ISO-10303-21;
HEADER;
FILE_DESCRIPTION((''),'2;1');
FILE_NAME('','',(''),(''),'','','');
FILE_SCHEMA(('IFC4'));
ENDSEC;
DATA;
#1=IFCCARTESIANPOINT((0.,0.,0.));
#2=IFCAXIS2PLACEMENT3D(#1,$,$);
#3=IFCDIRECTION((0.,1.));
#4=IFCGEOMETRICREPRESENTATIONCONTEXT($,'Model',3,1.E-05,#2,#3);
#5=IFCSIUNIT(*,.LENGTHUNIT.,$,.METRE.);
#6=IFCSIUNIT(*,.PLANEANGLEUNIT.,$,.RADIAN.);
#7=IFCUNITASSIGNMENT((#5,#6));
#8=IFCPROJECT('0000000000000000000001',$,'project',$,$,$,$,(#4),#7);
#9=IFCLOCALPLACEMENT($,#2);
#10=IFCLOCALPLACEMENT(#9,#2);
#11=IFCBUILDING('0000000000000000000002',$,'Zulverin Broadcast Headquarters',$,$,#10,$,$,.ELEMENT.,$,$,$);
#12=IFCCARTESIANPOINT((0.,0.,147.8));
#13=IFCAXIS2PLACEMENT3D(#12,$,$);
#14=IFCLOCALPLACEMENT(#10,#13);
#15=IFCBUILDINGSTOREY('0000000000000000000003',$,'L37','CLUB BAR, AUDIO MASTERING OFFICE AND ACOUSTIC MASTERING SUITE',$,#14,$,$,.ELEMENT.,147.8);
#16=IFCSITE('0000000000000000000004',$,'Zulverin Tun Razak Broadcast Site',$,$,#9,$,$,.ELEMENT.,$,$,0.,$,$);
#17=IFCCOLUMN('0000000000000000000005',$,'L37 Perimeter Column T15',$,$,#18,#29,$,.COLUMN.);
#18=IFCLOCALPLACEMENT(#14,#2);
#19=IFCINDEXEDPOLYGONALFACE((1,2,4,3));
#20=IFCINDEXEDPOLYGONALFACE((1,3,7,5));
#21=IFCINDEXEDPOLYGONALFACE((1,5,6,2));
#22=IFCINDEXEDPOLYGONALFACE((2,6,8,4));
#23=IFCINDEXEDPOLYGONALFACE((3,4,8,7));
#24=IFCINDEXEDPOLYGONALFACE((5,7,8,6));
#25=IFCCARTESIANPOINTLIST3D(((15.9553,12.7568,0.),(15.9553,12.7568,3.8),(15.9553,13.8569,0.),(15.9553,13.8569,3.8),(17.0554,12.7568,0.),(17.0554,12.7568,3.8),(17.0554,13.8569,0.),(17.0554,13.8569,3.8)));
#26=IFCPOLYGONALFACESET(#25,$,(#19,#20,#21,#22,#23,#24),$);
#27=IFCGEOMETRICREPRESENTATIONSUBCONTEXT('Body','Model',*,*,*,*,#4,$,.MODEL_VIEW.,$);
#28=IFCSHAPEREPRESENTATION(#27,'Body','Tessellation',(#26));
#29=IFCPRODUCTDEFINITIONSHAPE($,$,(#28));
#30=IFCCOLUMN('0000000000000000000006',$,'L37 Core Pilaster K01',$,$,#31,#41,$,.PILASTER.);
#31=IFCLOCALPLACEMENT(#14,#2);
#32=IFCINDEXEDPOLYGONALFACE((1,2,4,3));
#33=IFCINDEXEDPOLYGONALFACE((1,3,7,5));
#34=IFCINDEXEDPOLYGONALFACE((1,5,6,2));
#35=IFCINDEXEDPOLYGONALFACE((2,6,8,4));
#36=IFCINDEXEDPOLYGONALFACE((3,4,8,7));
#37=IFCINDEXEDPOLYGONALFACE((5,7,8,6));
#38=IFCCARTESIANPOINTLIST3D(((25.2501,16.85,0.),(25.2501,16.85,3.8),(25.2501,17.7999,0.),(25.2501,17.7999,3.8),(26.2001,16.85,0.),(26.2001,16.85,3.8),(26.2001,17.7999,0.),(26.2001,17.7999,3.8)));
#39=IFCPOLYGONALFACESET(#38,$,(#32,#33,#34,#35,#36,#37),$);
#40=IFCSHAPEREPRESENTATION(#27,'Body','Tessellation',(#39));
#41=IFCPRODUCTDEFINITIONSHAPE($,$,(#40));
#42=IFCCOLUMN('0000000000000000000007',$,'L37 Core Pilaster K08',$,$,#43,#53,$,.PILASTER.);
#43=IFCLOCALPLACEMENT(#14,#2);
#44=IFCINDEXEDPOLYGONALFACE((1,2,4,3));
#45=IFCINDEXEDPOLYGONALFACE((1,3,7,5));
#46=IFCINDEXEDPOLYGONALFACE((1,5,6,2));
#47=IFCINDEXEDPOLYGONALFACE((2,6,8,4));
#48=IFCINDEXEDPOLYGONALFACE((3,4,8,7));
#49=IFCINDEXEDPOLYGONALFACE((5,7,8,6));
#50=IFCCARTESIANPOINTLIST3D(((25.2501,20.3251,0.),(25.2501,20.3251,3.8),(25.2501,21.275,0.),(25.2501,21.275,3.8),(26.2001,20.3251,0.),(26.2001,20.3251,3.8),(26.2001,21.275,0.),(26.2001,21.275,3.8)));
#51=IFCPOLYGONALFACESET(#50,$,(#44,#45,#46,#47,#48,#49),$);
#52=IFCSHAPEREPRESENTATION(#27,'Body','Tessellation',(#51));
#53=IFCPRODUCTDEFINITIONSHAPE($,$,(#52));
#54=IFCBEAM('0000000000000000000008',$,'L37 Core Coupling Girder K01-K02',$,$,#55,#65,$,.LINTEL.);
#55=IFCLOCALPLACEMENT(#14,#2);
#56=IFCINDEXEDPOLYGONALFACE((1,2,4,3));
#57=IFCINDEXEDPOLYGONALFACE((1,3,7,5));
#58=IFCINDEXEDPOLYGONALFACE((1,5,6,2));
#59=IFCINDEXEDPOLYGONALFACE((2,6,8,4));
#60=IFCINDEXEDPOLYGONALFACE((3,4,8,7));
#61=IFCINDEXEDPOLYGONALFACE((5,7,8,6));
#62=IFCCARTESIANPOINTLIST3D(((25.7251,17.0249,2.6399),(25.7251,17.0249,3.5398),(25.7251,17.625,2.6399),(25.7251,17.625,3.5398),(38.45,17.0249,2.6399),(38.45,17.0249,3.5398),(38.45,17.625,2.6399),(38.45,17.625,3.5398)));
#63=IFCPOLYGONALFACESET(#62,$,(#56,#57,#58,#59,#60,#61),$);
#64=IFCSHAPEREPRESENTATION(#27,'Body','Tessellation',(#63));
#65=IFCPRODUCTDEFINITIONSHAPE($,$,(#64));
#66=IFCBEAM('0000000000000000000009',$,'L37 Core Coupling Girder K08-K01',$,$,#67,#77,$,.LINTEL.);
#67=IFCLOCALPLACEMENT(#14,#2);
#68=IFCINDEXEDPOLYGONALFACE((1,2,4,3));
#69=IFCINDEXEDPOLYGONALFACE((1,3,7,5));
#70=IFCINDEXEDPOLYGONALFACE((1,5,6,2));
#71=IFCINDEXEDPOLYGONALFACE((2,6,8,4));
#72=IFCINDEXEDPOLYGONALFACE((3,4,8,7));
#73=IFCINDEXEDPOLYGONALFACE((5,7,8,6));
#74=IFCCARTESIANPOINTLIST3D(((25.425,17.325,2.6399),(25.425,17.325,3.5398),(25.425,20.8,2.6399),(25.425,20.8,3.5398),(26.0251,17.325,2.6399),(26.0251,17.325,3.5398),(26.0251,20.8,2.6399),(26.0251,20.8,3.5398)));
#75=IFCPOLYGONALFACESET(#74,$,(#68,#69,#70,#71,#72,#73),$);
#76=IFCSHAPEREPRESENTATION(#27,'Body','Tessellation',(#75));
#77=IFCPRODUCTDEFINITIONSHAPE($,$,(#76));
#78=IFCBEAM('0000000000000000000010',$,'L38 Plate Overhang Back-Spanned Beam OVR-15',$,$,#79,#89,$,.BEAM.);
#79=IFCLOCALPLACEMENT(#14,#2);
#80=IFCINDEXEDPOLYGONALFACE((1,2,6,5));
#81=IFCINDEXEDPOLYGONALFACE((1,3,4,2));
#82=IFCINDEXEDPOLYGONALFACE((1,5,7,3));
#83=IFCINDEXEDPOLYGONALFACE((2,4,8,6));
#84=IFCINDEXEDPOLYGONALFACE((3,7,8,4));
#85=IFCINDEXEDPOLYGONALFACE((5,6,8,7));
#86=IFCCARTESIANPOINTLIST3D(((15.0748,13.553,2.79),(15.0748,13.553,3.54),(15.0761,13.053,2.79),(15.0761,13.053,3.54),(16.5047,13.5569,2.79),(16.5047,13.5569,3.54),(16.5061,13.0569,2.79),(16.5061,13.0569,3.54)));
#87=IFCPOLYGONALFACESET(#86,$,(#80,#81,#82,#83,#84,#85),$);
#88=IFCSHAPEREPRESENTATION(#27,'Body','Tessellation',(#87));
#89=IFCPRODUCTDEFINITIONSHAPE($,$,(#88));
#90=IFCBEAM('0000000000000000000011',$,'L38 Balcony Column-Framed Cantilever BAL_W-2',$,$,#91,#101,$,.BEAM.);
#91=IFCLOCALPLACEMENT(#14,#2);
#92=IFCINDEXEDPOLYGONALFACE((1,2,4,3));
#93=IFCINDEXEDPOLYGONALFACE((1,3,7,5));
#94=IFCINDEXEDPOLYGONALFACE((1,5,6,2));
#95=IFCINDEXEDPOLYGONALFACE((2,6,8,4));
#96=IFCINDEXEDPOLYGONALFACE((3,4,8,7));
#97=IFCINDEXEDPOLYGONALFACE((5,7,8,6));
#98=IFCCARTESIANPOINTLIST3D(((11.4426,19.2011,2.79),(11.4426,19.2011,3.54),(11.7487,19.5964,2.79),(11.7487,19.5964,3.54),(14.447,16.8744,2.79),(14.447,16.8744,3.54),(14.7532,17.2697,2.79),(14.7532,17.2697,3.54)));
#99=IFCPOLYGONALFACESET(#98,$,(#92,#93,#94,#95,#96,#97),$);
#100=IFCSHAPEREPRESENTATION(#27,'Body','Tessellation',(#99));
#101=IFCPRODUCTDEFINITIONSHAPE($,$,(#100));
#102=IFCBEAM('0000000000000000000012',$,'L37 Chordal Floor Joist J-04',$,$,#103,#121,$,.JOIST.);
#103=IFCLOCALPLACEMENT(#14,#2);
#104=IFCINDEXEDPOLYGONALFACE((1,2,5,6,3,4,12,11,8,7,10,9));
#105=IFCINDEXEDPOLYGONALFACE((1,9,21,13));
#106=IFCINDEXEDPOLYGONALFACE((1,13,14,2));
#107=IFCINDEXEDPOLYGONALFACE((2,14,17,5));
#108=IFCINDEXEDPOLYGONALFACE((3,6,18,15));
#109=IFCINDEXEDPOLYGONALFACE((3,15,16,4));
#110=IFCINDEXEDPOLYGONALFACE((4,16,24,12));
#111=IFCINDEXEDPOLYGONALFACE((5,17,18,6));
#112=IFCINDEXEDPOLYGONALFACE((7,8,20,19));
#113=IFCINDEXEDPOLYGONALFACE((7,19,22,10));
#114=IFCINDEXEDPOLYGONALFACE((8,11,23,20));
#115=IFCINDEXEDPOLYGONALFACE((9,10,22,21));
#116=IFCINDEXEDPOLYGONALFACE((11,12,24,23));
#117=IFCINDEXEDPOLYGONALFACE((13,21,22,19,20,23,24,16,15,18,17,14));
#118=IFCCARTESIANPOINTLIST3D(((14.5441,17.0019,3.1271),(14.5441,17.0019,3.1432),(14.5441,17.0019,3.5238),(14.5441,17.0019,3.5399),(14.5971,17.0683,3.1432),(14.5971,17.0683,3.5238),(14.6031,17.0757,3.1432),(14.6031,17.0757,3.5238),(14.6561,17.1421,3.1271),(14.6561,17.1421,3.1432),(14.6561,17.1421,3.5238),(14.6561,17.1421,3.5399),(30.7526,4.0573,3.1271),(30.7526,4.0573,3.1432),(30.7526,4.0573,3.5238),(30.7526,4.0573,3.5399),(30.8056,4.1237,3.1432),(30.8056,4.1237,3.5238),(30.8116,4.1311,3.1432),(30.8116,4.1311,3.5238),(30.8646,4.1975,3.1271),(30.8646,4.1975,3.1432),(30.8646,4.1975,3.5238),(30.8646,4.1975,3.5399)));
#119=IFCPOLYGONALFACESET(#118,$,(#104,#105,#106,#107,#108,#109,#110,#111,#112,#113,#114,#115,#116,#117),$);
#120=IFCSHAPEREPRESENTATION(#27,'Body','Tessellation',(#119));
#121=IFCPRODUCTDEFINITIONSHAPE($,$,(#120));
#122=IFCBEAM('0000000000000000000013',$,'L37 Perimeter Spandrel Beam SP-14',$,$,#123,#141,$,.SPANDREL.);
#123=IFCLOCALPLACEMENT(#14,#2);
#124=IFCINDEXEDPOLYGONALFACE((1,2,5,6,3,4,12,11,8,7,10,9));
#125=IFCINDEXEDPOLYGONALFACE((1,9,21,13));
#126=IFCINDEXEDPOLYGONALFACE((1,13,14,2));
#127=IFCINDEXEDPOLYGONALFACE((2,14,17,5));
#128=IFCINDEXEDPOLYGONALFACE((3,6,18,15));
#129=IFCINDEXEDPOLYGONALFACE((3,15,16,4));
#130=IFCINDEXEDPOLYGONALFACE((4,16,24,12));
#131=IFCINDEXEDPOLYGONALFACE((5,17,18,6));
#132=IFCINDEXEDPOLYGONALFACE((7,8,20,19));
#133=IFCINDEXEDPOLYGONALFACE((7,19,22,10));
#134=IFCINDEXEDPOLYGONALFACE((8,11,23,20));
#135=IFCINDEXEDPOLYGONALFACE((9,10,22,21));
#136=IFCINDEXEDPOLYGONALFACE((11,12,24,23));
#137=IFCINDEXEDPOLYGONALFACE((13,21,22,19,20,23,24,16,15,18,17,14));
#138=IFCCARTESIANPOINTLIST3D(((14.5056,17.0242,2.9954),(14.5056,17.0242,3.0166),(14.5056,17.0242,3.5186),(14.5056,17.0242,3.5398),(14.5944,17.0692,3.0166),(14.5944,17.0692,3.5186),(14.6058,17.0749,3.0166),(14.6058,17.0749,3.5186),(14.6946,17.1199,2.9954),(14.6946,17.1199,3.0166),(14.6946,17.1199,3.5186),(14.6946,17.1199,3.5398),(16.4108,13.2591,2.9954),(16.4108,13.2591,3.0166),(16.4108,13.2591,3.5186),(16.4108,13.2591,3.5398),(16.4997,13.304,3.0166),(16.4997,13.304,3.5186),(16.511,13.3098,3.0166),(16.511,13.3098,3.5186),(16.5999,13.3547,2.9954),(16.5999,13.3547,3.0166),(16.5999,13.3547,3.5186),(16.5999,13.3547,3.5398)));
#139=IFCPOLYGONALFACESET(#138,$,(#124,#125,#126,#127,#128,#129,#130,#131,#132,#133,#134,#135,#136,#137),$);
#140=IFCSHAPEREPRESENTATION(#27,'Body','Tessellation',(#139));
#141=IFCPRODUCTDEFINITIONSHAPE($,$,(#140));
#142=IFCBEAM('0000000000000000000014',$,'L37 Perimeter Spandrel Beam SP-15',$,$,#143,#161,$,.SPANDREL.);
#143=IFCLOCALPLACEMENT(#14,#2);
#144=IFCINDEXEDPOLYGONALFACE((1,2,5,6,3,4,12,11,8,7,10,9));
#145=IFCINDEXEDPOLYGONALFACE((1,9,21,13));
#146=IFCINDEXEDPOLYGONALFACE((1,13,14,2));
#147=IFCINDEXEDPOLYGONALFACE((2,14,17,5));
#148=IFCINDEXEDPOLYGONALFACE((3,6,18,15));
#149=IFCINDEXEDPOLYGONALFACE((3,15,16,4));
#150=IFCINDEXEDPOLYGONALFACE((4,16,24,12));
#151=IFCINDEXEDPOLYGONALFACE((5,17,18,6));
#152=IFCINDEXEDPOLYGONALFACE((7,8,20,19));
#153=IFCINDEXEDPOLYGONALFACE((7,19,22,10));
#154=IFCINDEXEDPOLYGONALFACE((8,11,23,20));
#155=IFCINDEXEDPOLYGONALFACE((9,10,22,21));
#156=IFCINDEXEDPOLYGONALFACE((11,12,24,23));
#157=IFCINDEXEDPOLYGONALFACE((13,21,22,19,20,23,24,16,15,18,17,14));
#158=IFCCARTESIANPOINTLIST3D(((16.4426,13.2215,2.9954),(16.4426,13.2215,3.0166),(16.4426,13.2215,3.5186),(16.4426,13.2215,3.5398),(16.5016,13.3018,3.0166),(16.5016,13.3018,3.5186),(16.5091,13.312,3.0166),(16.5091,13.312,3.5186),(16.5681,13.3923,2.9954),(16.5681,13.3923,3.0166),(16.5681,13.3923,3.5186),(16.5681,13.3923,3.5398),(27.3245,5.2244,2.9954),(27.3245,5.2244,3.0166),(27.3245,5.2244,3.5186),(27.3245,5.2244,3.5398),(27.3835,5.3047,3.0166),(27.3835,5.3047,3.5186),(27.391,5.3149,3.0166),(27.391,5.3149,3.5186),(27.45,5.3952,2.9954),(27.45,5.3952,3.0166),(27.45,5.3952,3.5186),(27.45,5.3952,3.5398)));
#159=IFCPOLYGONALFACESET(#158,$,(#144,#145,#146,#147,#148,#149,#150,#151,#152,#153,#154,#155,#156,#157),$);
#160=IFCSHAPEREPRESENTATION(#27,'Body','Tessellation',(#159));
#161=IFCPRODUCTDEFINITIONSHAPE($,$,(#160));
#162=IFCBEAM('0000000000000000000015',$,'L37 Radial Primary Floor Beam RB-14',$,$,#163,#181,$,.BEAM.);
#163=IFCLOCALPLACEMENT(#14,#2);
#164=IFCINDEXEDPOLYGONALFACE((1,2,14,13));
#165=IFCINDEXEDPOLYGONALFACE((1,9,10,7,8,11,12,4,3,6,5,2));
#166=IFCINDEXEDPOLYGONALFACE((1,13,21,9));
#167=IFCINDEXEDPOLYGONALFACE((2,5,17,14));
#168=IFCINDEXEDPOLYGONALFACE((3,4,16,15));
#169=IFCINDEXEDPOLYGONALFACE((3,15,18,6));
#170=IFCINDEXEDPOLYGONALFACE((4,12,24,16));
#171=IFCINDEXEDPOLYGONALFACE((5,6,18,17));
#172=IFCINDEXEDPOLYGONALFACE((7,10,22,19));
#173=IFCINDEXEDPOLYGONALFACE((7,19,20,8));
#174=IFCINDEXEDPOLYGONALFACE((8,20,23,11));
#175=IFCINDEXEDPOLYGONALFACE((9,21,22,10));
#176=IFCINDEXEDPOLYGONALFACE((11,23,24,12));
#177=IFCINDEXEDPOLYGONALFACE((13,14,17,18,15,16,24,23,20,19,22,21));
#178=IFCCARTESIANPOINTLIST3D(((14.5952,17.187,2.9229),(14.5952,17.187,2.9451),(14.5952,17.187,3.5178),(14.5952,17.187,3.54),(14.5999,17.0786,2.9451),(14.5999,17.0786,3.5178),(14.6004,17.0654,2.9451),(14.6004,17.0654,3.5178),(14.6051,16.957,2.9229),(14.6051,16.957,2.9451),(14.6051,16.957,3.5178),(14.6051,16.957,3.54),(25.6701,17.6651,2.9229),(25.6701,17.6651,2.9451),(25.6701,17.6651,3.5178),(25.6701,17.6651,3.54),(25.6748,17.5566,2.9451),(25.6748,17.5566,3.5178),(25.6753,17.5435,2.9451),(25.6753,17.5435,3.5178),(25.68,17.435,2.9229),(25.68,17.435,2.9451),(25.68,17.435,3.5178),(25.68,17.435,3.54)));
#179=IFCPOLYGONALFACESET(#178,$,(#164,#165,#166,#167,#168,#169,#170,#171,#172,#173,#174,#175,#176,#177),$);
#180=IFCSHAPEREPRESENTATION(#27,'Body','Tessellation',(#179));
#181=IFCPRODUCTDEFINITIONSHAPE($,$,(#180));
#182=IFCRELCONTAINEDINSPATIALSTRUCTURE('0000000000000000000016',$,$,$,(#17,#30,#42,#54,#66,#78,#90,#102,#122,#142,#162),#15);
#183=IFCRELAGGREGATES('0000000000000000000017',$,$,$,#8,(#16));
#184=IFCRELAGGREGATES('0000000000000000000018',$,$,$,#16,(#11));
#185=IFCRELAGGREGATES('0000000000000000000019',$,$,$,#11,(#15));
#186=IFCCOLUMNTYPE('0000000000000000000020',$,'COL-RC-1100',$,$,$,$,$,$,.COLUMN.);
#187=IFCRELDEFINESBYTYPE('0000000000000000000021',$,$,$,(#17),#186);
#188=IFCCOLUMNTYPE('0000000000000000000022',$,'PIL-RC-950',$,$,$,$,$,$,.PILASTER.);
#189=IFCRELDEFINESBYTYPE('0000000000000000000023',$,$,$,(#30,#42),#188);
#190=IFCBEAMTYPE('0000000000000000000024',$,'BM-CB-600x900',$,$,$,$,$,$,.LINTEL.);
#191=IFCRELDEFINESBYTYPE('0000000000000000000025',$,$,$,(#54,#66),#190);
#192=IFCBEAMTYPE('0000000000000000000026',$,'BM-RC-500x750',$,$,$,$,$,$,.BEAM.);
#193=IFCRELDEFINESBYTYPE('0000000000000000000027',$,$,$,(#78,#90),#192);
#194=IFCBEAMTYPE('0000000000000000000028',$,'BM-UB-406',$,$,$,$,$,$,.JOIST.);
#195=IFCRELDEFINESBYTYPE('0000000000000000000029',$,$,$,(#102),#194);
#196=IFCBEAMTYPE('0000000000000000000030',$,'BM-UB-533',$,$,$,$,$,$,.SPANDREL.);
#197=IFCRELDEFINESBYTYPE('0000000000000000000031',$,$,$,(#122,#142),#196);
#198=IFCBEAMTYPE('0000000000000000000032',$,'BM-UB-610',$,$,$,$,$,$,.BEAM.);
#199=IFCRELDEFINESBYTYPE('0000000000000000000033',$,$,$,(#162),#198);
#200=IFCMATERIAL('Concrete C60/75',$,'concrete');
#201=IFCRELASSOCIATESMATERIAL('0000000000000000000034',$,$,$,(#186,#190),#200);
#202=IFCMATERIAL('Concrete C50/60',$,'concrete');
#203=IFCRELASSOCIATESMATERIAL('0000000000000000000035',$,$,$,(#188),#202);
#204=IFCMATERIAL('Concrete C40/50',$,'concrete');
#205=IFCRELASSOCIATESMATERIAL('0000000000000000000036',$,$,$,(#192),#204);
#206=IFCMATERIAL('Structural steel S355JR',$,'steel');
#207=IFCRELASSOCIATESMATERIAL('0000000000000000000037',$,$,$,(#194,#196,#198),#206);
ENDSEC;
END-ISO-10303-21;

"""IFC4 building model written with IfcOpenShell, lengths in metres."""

from ifc_helpers import new_model, si_unit, direction, frame, origin, origin_2d, place, context, subcontext, project, spatial, rectangle, i_section, extrude, material, material_profile, profile_set, type_object, element, save


model = new_model("IFC4")

# Units and contexts
model_context = context("Model", 3, precision=1e-05, world=origin(), true_north=direction((0.0, 1.0)))
body_context = subcontext(model_context, "Body", "Model", "MODEL_VIEW")
ifc_project = project(units=[si_unit("LENGTHUNIT", "METRE"), si_unit("PLANEANGLEUNIT", "RADIAN")], contexts=[model_context])

# Site, building, storey
site_placement = place(None, origin())
site = spatial("IfcSite", under=ifc_project, at=site_placement, Name="Zulverin Tun Razak Broadcast Site", CompositionType="ELEMENT", RefElevation=0.0)
building_placement = place(site_placement, origin())
building = spatial("IfcBuilding", under=site, at=building_placement, Name="Zulverin Broadcast Headquarters", CompositionType="ELEMENT")
storey_placement = place(building_placement, frame((0.0, 0.0, 147.8)))
storey = spatial("IfcBuildingStorey", under=building, at=storey_placement, Name="L37", Description="CLUB BAR, AUDIO MASTERING OFFICE AND ACOUSTIC MASTERING SUITE", CompositionType="ELEMENT", Elevation=147.8)

# Columns
ifc_material_1 = material(Name="Concrete C60/75", Category="concrete")
ifc_material_profile_1 = material_profile(ifc_material_1, rectangle(XDim=1.1001, YDim=1.1001, at=origin_2d()), Name="Concrete C60/75", Category="concrete")
ifc_profile_set_1 = profile_set([ifc_material_profile_1], Name="Concrete C60/75")
column_type_1 = type_object("IfcColumnType", Name="COL-RC-1100", PredefinedType="COLUMN", material=ifc_profile_set_1)
column_placement = place(storey_placement, frame((16.5054, 13.3069, 0.0), z_axis=(0.0, 0.0, 1.0), x_axis=(1.0, 0.0, 0.0)))
element("IfcColumn", 1, at=column_placement, inside=storey, type_object=column_type_1, Name="L37 Perimeter Column T15", PredefinedType="COLUMN", context=body_context, shape_type="SweptSolid", body=[
    extrude(rectangle(XDim=1.1001, YDim=1.1001, at=origin_2d()), origin(), (0.0, 0.0, 1.0), 3.8),
])
ifc_material_2 = material(Name="Concrete C50/60", Category="concrete")
ifc_material_profile_2 = material_profile(ifc_material_2, rectangle(XDim=0.95, YDim=0.95, at=origin_2d()), Name="Concrete C50/60", Category="concrete")
ifc_profile_set_2 = profile_set([ifc_material_profile_2], Name="Concrete C50/60")
column_type_2 = type_object("IfcColumnType", Name="PIL-RC-950", PredefinedType="PILASTER", material=ifc_profile_set_2)
for number, where, z_axis, x_axis, name in (
    (2, (25.7251, 17.325, 0.0), (0.0, 0.0, 1.0), (1.0, 0.0, 0.0), "L37 Core Pilaster K01"),
    (3, (25.7251, 20.8, 0.0), (0.0, 0.0, 1.0), (1.0, 0.0, 0.0), "L37 Core Pilaster K08"),
):
    element("IfcColumn", number, at=place(storey_placement, frame(where, z_axis=z_axis, x_axis=x_axis)), inside=storey, type_object=column_type_2, Name=name, PredefinedType="PILASTER", context=body_context, shape_type="SweptSolid", body=[
        extrude(rectangle(XDim=0.95, YDim=0.95, at=origin_2d()), origin(), (0.0, 0.0, 1.0), 3.8),
    ])

# Beams
ifc_material_profile_3 = material_profile(ifc_material_1, rectangle(XDim=0.6001, YDim=0.8999, at=origin_2d()), Name="Concrete C60/75", Category="concrete")
ifc_profile_set_3 = profile_set([ifc_material_profile_3], Name="Concrete C60/75")
beam_type_1 = type_object("IfcBeamType", Name="BM-CB-600x900", PredefinedType="LINTEL", material=ifc_profile_set_3)
beam_1_placement = place(storey_placement, frame((25.7251, 17.325, 3.0898), z_axis=(1.0, 0.0, 0.0), x_axis=(0.0, 1.0, 0.0)))
element("IfcBeam", 4, at=beam_1_placement, inside=storey, type_object=beam_type_1, Name="L37 Core Coupling Girder K01-K02", PredefinedType="LINTEL", context=body_context, shape_type="SweptSolid", body=[
    extrude(rectangle(XDim=0.6001, YDim=0.8999, at=origin_2d()), origin(), (0.0, 0.0, 1.0), 12.7249),
])
beam_2_placement = place(storey_placement, frame((25.7251, 20.8, 3.0898), z_axis=(0.0, -1.0, 0.0), x_axis=(1.0, 0.0, 0.0)))
element("IfcBeam", 5, at=beam_2_placement, inside=storey, type_object=beam_type_1, Name="L37 Core Coupling Girder K08-K01", PredefinedType="LINTEL", context=body_context, shape_type="SweptSolid", body=[
    extrude(rectangle(XDim=0.6001, YDim=0.8999, at=origin_2d()), origin(), (0.0, 0.0, 1.0), 3.4751),
])
ifc_material_3 = material(Name="Concrete C40/50", Category="concrete")
ifc_material_profile_4 = material_profile(ifc_material_3, rectangle(XDim=0.5, YDim=0.75, at=origin_2d()), Name="Concrete C40/50", Category="concrete")
ifc_profile_set_4 = profile_set([ifc_material_profile_4], Name="Concrete C40/50")
beam_type_2 = type_object("IfcBeamType", Name="BM-RC-500x750", PredefinedType="BEAM", material=ifc_profile_set_4)
beam_3_placement = place(storey_placement, frame((16.5054, 13.3069, 3.165), z_axis=(-0.999996, -0.002732, 0.0), x_axis=(0.002732, -0.999996, 0.0)))
element("IfcBeam", 6, at=beam_3_placement, inside=storey, type_object=beam_type_2, Name="L38 Plate Overhang Back-Spanned Beam OVR-15", PredefinedType="BEAM", context=body_context, shape_type="SweptSolid", body=[
    extrude(rectangle(XDim=0.5, YDim=0.75, at=origin_2d()), origin(), (0.0, 0.0, 1.0), 1.4299),
])
beam_4_placement = place(storey_placement, frame((14.6001, 17.072, 3.165), z_axis=(-0.790637, 0.612285, 0.0), x_axis=(-0.612285, -0.790637, 0.0)))
element("IfcBeam", 7, at=beam_4_placement, inside=storey, type_object=beam_type_2, Name="L38 Balcony Column-Framed Cantilever BAL_W-2", PredefinedType="BEAM", context=body_context, shape_type="SweptSolid", body=[
    extrude(rectangle(XDim=0.5, YDim=0.75, at=origin_2d()), origin(), (0.0, 0.0, 1.0), 3.8),
])
ifc_material_4 = material(Name="Structural steel S355JR", Category="steel")
ifc_material_profile_5 = material_profile(ifc_material_4, i_section(OverallWidth=0.1794, OverallDepth=0.4128, WebThickness=0.0095, FlangeThickness=0.0161, at=origin_2d()), Name="Structural steel S355JR", Category="steel")
ifc_profile_set_5 = profile_set([ifc_material_profile_5], Name="Structural steel S355JR")
beam_type_3 = type_object("IfcBeamType", Name="BM-UB-406", PredefinedType="JOIST", material=ifc_profile_set_5)
beam_5_placement = place(storey_placement, frame((14.6001, 17.072, 3.3335), z_axis=(0.781391, -0.624042, 0.0), x_axis=(0.624042, 0.781391, 0.0)))
element("IfcBeam", 8, at=beam_5_placement, inside=storey, type_object=beam_type_3, Name="L37 Chordal Floor Joist J-04", PredefinedType="JOIST", context=body_context, shape_type="SweptSolid", body=[
    extrude(i_section(OverallWidth=0.1794, OverallDepth=0.4128, WebThickness=0.0095, FlangeThickness=0.0161, at=origin_2d()), origin(), (0.0, 0.0, 1.0), 20.7432),
])
ifc_material_profile_6 = material_profile(ifc_material_4, i_section(OverallWidth=0.2119, OverallDepth=0.5444, WebThickness=0.0127, FlangeThickness=0.0212, at=origin_2d()), Name="Structural steel S355JR", Category="steel")
ifc_profile_set_6 = profile_set([ifc_material_profile_6], Name="Structural steel S355JR")
beam_type_4 = type_object("IfcBeamType", Name="BM-UB-533", PredefinedType="SPANDREL", material=ifc_profile_set_6)
beam_6_placement = place(storey_placement, frame((14.6001, 17.072, 3.2676), z_axis=(0.451513, -0.892265, 0.0), x_axis=(0.892265, 0.451513, 0.0)))
element("IfcBeam", 9, at=beam_6_placement, inside=storey, type_object=beam_type_4, Name="L37 Perimeter Spandrel Beam SP-14", PredefinedType="SPANDREL", context=body_context, shape_type="SweptSolid", body=[
    extrude(i_section(OverallWidth=0.2119, OverallDepth=0.5444, WebThickness=0.0127, FlangeThickness=0.0212, at=origin_2d()), origin(), (0.0, 0.0, 1.0), 4.2197),
])
beam_7_placement = place(storey_placement, frame((16.5054, 13.3069, 3.2676), z_axis=(0.805802, -0.592185, 0.0), x_axis=(0.592185, 0.805802, 0.0)))
element("IfcBeam", 10, at=beam_7_placement, inside=storey, type_object=beam_type_4, Name="L37 Perimeter Spandrel Beam SP-15", PredefinedType="SPANDREL", context=body_context, shape_type="SweptSolid", body=[
    extrude(i_section(OverallWidth=0.2119, OverallDepth=0.5444, WebThickness=0.0127, FlangeThickness=0.0212, at=origin_2d()), origin(), (0.0, 0.0, 1.0), 13.5044),
])
ifc_material_profile_7 = material_profile(ifc_material_4, i_section(OverallWidth=0.2302, OverallDepth=0.6172, WebThickness=0.0132, FlangeThickness=0.0222, at=origin_2d()), Name="Structural steel S355JR", Category="steel")
ifc_profile_set_7 = profile_set([ifc_material_profile_7], Name="Structural steel S355JR")
beam_type_5 = type_object("IfcBeamType", Name="BM-UB-610", PredefinedType="BEAM", material=ifc_profile_set_7)
beam_8_placement = place(storey_placement, frame((25.675, 17.55, 3.2314), z_axis=(-0.99907, -0.043123, 0.0), x_axis=(0.043123, -0.99907, 0.0)))
element("IfcBeam", 11, at=beam_8_placement, inside=storey, type_object=beam_type_5, Name="L37 Radial Primary Floor Beam RB-14", PredefinedType="BEAM", context=body_context, shape_type="SweptSolid", body=[
    extrude(i_section(OverallWidth=0.2302, OverallDepth=0.6172, WebThickness=0.0132, FlangeThickness=0.0222, at=origin_2d()), origin(), (0.0, 0.0, 1.0), 11.0852),
])

save(model, "model.ifc")
